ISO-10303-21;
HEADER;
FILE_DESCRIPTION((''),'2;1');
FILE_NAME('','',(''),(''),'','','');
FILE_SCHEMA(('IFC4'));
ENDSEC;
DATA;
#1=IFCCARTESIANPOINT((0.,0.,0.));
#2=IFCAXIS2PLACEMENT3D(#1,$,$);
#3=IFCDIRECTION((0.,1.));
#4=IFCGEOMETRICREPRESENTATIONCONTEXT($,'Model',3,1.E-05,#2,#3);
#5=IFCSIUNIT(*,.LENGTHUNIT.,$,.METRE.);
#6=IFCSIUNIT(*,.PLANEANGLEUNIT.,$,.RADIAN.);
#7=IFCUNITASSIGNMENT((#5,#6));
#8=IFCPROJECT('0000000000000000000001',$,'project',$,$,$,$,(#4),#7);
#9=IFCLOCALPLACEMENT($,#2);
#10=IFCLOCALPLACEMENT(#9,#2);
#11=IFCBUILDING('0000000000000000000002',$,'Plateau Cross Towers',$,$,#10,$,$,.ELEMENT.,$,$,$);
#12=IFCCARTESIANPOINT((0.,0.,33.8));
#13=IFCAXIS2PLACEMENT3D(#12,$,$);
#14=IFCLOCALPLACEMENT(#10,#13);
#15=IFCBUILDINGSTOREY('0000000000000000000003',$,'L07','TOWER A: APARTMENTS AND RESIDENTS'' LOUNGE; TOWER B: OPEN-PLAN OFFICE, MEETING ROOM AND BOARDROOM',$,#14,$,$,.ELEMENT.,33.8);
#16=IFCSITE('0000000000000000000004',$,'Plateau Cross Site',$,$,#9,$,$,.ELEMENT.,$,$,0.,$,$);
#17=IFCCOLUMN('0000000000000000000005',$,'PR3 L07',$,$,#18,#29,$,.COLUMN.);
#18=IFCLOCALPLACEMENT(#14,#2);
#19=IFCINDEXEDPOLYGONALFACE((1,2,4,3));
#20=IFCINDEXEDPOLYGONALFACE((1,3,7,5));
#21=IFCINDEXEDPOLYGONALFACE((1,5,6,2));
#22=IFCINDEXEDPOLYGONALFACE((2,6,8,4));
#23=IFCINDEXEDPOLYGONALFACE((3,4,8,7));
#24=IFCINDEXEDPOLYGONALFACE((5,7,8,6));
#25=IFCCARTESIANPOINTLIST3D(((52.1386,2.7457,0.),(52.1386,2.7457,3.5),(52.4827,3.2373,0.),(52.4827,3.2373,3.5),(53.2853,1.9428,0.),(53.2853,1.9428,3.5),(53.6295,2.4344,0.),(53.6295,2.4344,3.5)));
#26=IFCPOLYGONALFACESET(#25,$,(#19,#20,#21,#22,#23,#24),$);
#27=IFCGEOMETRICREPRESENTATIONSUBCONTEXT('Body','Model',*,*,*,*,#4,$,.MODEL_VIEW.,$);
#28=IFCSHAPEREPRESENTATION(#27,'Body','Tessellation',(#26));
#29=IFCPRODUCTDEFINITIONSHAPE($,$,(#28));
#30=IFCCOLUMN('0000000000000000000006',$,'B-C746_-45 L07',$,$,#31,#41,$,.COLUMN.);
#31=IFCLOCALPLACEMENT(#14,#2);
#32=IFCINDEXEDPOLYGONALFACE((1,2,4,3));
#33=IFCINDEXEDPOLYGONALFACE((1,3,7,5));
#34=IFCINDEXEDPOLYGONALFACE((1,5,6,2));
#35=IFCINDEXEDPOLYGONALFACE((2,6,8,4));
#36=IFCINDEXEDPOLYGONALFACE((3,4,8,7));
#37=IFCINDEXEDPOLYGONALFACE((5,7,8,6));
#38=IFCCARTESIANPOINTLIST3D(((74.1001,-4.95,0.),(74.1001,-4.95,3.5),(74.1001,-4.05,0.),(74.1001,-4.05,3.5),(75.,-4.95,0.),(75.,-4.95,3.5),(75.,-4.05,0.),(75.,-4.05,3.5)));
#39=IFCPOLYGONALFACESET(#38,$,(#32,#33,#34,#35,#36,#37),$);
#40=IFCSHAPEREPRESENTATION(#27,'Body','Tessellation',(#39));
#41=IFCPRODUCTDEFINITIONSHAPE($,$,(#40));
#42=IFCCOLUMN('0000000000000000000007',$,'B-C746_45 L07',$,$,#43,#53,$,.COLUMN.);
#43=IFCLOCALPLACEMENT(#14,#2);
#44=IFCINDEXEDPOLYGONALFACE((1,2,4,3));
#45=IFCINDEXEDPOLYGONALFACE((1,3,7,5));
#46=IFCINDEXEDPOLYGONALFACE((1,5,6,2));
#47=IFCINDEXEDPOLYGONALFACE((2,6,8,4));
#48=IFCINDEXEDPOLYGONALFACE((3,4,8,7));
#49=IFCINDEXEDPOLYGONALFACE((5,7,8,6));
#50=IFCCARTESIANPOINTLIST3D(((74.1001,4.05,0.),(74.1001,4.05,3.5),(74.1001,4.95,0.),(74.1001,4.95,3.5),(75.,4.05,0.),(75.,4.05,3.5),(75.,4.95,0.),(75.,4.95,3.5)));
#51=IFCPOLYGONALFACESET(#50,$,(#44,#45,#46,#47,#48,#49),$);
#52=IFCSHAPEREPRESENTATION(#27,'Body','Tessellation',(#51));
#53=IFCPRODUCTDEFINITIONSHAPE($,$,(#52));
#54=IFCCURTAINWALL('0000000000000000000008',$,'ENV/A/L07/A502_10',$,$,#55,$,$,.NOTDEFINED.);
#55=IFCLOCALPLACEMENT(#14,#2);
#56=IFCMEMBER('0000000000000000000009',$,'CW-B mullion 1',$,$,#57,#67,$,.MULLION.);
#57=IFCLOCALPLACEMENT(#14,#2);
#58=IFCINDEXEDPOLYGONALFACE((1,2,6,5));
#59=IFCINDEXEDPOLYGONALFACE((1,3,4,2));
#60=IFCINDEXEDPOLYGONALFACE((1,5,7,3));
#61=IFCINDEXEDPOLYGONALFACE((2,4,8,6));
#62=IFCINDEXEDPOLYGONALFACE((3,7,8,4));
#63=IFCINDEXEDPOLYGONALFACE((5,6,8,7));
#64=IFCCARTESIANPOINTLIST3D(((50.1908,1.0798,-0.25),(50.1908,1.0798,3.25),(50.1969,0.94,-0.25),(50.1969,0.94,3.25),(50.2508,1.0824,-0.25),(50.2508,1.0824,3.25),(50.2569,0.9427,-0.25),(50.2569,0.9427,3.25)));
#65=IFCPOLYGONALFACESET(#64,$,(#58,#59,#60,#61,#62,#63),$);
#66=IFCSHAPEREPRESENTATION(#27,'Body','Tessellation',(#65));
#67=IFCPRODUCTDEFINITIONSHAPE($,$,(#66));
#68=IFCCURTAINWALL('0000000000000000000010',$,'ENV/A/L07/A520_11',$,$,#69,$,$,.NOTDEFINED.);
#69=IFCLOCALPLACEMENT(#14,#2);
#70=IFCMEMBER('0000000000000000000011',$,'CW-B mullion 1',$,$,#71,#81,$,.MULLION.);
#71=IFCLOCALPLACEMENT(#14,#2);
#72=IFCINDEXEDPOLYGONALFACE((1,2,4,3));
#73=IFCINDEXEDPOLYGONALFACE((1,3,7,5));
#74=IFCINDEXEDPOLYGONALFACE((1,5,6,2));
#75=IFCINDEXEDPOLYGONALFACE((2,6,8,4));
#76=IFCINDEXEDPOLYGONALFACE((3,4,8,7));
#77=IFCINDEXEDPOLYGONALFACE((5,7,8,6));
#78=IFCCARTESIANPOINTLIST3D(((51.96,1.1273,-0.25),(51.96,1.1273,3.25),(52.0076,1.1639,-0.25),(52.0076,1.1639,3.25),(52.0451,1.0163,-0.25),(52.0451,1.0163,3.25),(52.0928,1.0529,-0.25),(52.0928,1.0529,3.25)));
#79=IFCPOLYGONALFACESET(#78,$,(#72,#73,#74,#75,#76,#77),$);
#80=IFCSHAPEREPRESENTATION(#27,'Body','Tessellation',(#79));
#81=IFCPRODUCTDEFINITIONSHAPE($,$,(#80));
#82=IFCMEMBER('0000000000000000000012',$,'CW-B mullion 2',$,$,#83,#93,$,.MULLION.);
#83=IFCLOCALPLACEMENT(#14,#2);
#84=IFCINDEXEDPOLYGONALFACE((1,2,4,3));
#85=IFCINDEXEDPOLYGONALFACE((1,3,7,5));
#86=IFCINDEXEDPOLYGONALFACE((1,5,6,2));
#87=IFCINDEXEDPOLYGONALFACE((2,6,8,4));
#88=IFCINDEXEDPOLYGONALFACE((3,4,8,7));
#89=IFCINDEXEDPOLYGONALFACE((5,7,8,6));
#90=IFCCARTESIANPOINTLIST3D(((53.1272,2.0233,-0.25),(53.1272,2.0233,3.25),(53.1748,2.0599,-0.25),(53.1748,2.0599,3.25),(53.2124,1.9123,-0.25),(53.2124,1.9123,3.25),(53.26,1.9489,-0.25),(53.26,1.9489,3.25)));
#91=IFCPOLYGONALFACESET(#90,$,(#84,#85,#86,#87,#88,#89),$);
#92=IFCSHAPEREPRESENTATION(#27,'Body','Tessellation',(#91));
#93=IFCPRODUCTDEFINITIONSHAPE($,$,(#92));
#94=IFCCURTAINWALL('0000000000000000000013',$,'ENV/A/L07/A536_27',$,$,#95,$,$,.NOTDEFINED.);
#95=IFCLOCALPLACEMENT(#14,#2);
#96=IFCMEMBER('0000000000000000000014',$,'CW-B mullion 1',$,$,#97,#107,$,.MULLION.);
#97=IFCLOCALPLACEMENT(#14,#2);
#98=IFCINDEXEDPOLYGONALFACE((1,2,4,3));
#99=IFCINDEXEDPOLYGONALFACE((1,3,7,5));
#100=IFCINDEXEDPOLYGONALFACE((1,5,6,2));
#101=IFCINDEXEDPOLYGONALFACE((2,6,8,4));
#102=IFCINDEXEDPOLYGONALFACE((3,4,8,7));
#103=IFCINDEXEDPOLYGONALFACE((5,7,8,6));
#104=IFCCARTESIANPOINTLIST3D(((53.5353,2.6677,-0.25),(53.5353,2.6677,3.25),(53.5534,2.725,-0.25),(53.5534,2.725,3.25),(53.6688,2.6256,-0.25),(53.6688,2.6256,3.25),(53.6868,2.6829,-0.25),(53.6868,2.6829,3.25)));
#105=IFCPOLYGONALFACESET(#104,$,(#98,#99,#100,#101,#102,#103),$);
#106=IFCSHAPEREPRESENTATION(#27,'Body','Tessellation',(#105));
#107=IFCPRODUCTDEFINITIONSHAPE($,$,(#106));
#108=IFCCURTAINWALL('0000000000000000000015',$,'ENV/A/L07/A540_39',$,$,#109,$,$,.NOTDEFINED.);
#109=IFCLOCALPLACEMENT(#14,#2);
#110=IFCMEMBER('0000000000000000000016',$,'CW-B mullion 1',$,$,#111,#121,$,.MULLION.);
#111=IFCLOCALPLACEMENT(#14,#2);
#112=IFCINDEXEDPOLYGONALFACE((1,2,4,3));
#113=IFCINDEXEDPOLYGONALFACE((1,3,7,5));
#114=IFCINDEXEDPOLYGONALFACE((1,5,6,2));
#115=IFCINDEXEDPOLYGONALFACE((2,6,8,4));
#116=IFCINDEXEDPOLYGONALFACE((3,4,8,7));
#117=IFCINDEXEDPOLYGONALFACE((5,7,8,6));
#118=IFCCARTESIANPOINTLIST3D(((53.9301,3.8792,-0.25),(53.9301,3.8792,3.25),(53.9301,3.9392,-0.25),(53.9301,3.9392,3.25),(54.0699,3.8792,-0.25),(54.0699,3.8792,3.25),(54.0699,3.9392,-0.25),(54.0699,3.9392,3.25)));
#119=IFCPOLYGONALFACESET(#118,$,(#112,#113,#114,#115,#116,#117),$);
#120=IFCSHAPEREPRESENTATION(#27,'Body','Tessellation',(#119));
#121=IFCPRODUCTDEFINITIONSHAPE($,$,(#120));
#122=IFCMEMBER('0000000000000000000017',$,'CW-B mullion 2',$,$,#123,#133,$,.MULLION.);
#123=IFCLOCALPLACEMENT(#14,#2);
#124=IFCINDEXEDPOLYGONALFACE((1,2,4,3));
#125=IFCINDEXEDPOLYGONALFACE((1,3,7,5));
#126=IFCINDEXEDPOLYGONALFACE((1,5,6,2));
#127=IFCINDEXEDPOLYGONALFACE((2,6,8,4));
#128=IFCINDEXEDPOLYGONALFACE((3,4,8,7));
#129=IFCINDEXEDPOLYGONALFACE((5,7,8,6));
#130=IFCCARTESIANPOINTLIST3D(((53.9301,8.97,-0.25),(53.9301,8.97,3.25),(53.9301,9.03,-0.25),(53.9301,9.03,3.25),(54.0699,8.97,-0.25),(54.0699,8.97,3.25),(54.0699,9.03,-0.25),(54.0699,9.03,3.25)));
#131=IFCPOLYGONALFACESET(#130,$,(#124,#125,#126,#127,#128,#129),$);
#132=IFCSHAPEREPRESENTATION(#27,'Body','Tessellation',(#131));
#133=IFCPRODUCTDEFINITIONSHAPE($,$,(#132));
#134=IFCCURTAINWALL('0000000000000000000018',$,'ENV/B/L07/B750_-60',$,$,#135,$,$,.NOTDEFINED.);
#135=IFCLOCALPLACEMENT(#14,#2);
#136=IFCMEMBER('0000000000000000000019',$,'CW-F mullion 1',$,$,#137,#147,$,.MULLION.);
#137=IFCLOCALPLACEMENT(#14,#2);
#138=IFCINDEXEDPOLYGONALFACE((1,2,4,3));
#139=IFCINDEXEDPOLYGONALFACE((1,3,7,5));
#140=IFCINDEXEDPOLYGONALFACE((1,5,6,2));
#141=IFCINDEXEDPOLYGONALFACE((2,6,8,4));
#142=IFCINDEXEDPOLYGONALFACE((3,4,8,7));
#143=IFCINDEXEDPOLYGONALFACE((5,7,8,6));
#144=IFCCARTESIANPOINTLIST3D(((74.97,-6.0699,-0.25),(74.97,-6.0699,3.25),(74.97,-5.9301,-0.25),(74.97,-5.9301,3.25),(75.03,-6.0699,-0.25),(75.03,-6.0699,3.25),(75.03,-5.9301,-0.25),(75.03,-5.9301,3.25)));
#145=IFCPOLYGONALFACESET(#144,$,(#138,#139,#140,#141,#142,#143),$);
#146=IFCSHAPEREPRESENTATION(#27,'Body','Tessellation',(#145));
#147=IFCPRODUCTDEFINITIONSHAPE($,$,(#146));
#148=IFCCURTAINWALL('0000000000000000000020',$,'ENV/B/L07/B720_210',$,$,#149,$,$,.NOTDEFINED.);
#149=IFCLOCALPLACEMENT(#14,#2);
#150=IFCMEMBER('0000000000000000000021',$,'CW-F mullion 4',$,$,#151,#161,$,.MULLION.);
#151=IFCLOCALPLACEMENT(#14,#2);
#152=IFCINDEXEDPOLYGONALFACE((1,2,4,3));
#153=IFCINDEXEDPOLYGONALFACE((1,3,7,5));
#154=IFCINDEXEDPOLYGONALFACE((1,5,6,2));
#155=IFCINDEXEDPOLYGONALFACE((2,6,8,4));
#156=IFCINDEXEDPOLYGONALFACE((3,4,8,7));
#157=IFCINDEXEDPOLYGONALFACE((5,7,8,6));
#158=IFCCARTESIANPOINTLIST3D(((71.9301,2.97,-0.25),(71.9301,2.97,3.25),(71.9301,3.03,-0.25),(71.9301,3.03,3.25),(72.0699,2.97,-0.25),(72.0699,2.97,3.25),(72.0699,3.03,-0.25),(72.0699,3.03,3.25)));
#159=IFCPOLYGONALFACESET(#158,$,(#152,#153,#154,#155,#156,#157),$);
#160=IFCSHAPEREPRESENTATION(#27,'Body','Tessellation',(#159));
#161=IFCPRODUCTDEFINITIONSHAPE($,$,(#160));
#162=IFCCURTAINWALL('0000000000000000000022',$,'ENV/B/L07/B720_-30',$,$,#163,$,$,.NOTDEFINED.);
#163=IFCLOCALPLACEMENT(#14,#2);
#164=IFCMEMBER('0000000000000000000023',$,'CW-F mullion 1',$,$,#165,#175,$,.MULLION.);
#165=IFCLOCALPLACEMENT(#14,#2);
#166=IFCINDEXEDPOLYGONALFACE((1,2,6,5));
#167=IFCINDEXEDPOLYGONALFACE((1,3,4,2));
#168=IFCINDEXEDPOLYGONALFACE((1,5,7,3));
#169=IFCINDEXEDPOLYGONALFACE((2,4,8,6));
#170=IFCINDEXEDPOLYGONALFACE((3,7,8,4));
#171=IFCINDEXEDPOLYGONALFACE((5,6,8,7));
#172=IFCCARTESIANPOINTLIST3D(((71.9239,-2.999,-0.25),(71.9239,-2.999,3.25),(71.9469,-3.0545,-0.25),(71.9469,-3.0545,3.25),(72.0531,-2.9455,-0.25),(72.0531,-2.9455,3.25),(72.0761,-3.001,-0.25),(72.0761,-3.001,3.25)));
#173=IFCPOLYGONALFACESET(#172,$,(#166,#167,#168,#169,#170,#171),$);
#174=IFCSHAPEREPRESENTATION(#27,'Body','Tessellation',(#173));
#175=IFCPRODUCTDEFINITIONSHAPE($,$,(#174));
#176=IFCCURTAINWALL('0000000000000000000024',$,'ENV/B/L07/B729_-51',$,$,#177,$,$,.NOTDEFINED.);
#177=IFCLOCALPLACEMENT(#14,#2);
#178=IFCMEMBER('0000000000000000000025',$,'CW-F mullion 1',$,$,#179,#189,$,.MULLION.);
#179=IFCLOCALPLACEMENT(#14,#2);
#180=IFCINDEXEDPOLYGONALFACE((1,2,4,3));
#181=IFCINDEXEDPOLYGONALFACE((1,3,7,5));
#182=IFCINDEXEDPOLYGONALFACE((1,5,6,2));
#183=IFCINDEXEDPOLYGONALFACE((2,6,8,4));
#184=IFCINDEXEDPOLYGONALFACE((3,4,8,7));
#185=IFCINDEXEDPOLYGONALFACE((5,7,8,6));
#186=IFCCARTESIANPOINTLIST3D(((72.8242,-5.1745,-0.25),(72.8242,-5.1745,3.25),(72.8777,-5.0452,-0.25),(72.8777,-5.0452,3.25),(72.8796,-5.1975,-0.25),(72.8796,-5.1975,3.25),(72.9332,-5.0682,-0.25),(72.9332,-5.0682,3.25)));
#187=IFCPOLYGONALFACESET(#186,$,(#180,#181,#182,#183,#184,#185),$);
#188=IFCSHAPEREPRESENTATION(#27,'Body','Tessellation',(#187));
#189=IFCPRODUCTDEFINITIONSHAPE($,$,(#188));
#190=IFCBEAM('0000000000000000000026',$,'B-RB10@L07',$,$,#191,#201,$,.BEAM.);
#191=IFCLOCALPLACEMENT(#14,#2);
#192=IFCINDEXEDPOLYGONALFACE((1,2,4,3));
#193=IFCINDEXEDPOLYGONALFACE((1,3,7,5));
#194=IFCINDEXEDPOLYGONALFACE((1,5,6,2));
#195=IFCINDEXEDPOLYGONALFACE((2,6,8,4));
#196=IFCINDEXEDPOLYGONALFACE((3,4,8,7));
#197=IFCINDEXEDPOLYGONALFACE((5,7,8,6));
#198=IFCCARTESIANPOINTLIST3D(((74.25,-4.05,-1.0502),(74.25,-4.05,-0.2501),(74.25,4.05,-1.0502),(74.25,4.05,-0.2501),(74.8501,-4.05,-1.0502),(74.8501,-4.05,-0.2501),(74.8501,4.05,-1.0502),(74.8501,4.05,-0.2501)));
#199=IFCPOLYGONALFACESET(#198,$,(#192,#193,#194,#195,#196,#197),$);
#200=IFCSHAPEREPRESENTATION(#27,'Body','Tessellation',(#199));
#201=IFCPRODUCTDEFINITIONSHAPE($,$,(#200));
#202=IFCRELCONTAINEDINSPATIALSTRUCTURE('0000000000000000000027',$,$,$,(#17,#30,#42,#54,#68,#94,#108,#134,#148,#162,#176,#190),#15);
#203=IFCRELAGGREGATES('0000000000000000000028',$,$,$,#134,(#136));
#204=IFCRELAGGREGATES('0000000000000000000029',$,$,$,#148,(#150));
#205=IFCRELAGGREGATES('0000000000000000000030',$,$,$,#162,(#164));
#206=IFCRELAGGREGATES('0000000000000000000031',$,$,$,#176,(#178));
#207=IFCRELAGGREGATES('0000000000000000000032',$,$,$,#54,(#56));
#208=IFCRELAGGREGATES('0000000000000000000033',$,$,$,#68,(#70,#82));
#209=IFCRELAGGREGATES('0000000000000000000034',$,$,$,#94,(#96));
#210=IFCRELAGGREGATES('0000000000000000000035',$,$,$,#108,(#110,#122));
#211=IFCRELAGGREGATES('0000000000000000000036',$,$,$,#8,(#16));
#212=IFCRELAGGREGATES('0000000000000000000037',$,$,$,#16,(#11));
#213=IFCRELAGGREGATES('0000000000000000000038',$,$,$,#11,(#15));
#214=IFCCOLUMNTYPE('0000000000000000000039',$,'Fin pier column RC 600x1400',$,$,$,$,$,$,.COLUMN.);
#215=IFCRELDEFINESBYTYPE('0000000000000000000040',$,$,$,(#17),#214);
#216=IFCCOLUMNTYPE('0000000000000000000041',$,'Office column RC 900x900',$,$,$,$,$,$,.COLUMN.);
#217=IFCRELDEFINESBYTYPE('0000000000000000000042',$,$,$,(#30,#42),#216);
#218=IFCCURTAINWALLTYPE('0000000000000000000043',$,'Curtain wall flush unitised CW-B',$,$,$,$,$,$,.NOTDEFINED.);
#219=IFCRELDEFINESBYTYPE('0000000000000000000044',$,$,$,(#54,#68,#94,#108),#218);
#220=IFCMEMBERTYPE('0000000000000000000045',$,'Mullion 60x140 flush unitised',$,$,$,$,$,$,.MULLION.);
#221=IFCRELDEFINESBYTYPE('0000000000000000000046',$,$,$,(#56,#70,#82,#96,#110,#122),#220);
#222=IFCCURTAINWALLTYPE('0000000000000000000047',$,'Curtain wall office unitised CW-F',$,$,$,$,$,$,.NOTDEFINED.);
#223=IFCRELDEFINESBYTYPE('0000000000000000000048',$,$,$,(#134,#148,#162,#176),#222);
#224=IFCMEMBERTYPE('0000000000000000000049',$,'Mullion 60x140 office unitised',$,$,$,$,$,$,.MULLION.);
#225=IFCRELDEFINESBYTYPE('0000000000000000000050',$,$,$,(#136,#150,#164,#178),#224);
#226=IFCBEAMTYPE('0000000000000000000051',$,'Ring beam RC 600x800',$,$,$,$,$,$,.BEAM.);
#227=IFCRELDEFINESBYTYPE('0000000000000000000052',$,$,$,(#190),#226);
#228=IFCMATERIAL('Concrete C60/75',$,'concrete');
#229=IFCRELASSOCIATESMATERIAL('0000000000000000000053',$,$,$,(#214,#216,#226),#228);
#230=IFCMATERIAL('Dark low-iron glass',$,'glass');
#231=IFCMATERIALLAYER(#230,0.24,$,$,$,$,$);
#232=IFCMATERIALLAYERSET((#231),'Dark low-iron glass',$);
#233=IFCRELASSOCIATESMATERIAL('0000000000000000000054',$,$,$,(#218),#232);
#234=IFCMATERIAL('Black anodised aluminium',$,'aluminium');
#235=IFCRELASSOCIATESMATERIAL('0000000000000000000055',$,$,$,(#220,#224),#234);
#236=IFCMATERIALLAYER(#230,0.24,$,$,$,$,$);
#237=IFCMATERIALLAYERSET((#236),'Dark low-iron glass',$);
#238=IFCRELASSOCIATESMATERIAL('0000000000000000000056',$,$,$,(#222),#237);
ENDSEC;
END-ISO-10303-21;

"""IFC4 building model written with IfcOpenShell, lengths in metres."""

from ifc_helpers import new_model, si_unit, direction, frame, origin, origin_2d, place, context, subcontext, project, spatial, rectangle, extrude, material, layer, layer_set, material_profile, profile_set, type_object, element, aggregate, save


model = new_model("IFC4")

# Units and contexts
model_context = context("Model", 3, precision=1e-05, world=origin(), true_north=direction((0.0, 1.0)))
body_context = subcontext(model_context, "Body", "Model", "MODEL_VIEW")
ifc_project = project(units=[si_unit("LENGTHUNIT", "METRE"), si_unit("PLANEANGLEUNIT", "RADIAN")], contexts=[model_context])

# Site, building, storey
site_placement = place(None, origin())
site = spatial("IfcSite", under=ifc_project, at=site_placement, Name="Plateau Cross Site", CompositionType="ELEMENT", RefElevation=0.0)
building_placement = place(site_placement, origin())
building = spatial("IfcBuilding", under=site, at=building_placement, Name="Plateau Cross Towers", CompositionType="ELEMENT")
storey_placement = place(building_placement, frame((0.0, 0.0, 33.8)))
storey = spatial("IfcBuildingStorey", under=building, at=storey_placement, Name="L07", Description="TOWER A: APARTMENTS AND RESIDENTS' LOUNGE; TOWER B: OPEN-PLAN OFFICE, MEETING ROOM AND BOARDROOM", CompositionType="ELEMENT", Elevation=33.8)

# Columns
ifc_material_1 = material(Name="Concrete C60/75", Category="concrete")
ifc_material_profile_1 = material_profile(ifc_material_1, rectangle(XDim=0.6001, YDim=1.3999, at=origin_2d()), Name="RC 600x1400")
ifc_profile_set_1 = profile_set([ifc_material_profile_1], Name="Concrete C60/75")
column_type_1 = type_object("IfcColumnType", Name="Fin pier column RC 600x1400", PredefinedType="COLUMN", material=ifc_profile_set_1)
column_placement = place(storey_placement, frame((52.884, 2.5901, 0.0), z_axis=(0.0, 0.0, 1.0), x_axis=(0.573543, 0.819176, 0.0)))
element("IfcColumn", 1, at=column_placement, inside=storey, type_object=column_type_1, Name="PR3 L07", PredefinedType="COLUMN", context=body_context, shape_type="SweptSolid", body=[
    extrude(rectangle(XDim=0.6001, YDim=1.3999, at=origin_2d()), origin(), (0.0, 0.0, 1.0), 3.5),
])
ifc_material_profile_2 = material_profile(ifc_material_1, rectangle(XDim=0.8999, YDim=0.8999, at=origin_2d()), Name="RC 900x900")
ifc_profile_set_2 = profile_set([ifc_material_profile_2], Name="Concrete C60/75")
column_type_2 = type_object("IfcColumnType", Name="Office column RC 900x900", PredefinedType="COLUMN", material=ifc_profile_set_2)
for number, where, z_axis, x_axis, name in (
    (2, (74.55, -4.5, 0.0), (0.0, 0.0, 1.0), (1.0, 0.0, 0.0), "B-C746_-45 L07"),
    (3, (74.55, 4.5, 0.0), (0.0, 0.0, 1.0), (1.0, 0.0, 0.0), "B-C746_45 L07"),
):
    element("IfcColumn", number, at=place(storey_placement, frame(where, z_axis=z_axis, x_axis=x_axis)), inside=storey, type_object=column_type_2, Name=name, PredefinedType="COLUMN", context=body_context, shape_type="SweptSolid", body=[
        extrude(rectangle(XDim=0.8999, YDim=0.8999, at=origin_2d()), origin(), (0.0, 0.0, 1.0), 3.5),
    ])

# Curtain wall, member
ifc_material_2 = material(Name="Dark low-iron glass", Category="glass")
ifc_layer_1 = layer(ifc_material_2, 0.24)
ifc_layer_set_1 = layer_set([ifc_layer_1], Name="Dark low-iron glass")
curtain_wall_type_1 = type_object("IfcCurtainWallType", Name="Curtain wall flush unitised CW-B", PredefinedType="NOTDEFINED", material=ifc_layer_set_1)
curtain_wall_1_placement = place(storey_placement, origin())
curtain_wall_1 = element("IfcCurtainWall", 4, at=curtain_wall_1_placement, inside=storey, type_object=curtain_wall_type_1, Name="ENV/A/L07/A502_10", PredefinedType="NOTDEFINED")
ifc_material_3 = material(Name="Black anodised aluminium", Category="aluminium")
ifc_material_profile_3 = material_profile(ifc_material_3, rectangle(XDim=0.0601, YDim=0.1399, at=origin_2d()), Name="MULLION 60x140")
ifc_profile_set_3 = profile_set([ifc_material_profile_3], Name="Black anodised aluminium")
member_type_1 = type_object("IfcMemberType", Name="Mullion 60x140 flush unitised", PredefinedType="MULLION", material=ifc_profile_set_3)
member_1_placement = place(storey_placement, frame((50.2239, 1.0112, -0.25), z_axis=(0.0, 0.0, 1.0), x_axis=(0.999044, 0.043723, 0.0)))
member_1 = element("IfcMember", 5, at=member_1_placement, type_object=member_type_1, Name="CW-B mullion 1", PredefinedType="MULLION", context=body_context, shape_type="SweptSolid", body=[
    extrude(rectangle(XDim=0.0601, YDim=0.1399, at=origin_2d()), origin(), (0.0, 0.0, 1.0), 3.5),
])

# Curtain wall, members
curtain_wall_2_placement = place(storey_placement, origin())
curtain_wall_2 = element("IfcCurtainWall", 6, at=curtain_wall_2_placement, inside=storey, type_object=curtain_wall_type_1, Name="ENV/A/L07/A520_11", PredefinedType="NOTDEFINED")
member_2_placement = place(storey_placement, frame((52.0264, 1.0901, -0.25), z_axis=(0.0, 0.0, 1.0), x_axis=(0.793316, 0.608811, 0.0)))
member_2 = element("IfcMember", 7, at=member_2_placement, type_object=member_type_1, Name="CW-B mullion 1", PredefinedType="MULLION", context=body_context, shape_type="SweptSolid", body=[
    extrude(rectangle(XDim=0.0601, YDim=0.1399, at=origin_2d()), origin(), (0.0, 0.0, 1.0), 3.5),
])
member_3_placement = place(storey_placement, frame((53.1936, 1.9861, -0.25), z_axis=(0.0, 0.0, 1.0), x_axis=(0.793316, 0.608811, 0.0)))
member_3 = element("IfcMember", 8, at=member_3_placement, type_object=member_type_1, Name="CW-B mullion 2", PredefinedType="MULLION", context=body_context, shape_type="SweptSolid", body=[
    extrude(rectangle(XDim=0.0601, YDim=0.1399, at=origin_2d()), origin(), (0.0, 0.0, 1.0), 3.5),
])

# Curtain wall, member
curtain_wall_3_placement = place(storey_placement, origin())
curtain_wall_3 = element("IfcCurtainWall", 9, at=curtain_wall_3_placement, inside=storey, type_object=curtain_wall_type_1, Name="ENV/A/L07/A536_27", PredefinedType="NOTDEFINED")
member_4_placement = place(storey_placement, frame((53.6111, 2.6753, -0.25), z_axis=(0.0, 0.0, 1.0), x_axis=(0.300686, 0.953723, 0.0)))
member_4 = element("IfcMember", 10, at=member_4_placement, type_object=member_type_1, Name="CW-B mullion 1", PredefinedType="MULLION", context=body_context, shape_type="SweptSolid", body=[
    extrude(rectangle(XDim=0.0601, YDim=0.1399, at=origin_2d()), origin(), (0.0, 0.0, 1.0), 3.5),
])

# Curtain wall, members
curtain_wall_4_placement = place(storey_placement, origin())
curtain_wall_4 = element("IfcCurtainWall", 11, at=curtain_wall_4_placement, inside=storey, type_object=curtain_wall_type_1, Name="ENV/A/L07/A540_39", PredefinedType="NOTDEFINED")
member_5_placement = place(storey_placement, frame((54.0, 3.9092, -0.25), z_axis=(0.0, 0.0, 1.0), x_axis=(0.0, 1.0, 0.0)))
member_5 = element("IfcMember", 12, at=member_5_placement, type_object=member_type_1, Name="CW-B mullion 1", PredefinedType="MULLION", context=body_context, shape_type="SweptSolid", body=[
    extrude(rectangle(XDim=0.0601, YDim=0.1399, at=origin_2d()), origin(), (0.0, 0.0, 1.0), 3.5),
])
member_6_placement = place(storey_placement, frame((54.0, 9.0, -0.25), z_axis=(0.0, 0.0, 1.0), x_axis=(0.0, 1.0, 0.0)))
member_6 = element("IfcMember", 13, at=member_6_placement, type_object=member_type_1, Name="CW-B mullion 2", PredefinedType="MULLION", context=body_context, shape_type="SweptSolid", body=[
    extrude(rectangle(XDim=0.0601, YDim=0.1399, at=origin_2d()), origin(), (0.0, 0.0, 1.0), 3.5),
])

# Curtain walls, members
ifc_layer_2 = layer(ifc_material_2, 0.24)
ifc_layer_set_2 = layer_set([ifc_layer_2], Name="Dark low-iron glass")
curtain_wall_type_2 = type_object("IfcCurtainWallType", Name="Curtain wall office unitised CW-F", PredefinedType="NOTDEFINED", material=ifc_layer_set_2)
curtain_wall_5_placement = place(storey_placement, origin())
curtain_wall_5 = element("IfcCurtainWall", 14, at=curtain_wall_5_placement, inside=storey, type_object=curtain_wall_type_2, Name="ENV/B/L07/B750_-60", PredefinedType="NOTDEFINED")
ifc_material_profile_4 = material_profile(ifc_material_3, rectangle(XDim=0.0601, YDim=0.1399, at=origin_2d()), Name="MULLION 60x140")
ifc_profile_set_4 = profile_set([ifc_material_profile_4], Name="Black anodised aluminium")
member_type_2 = type_object("IfcMemberType", Name="Mullion 60x140 office unitised", PredefinedType="MULLION", material=ifc_profile_set_4)
member_7_placement = place(storey_placement, frame((75.0, -6.0, -0.25), z_axis=(0.0, 0.0, 1.0), x_axis=(1.0, 0.0, 0.0)))
member_7 = element("IfcMember", 15, at=member_7_placement, type_object=member_type_2, Name="CW-F mullion 1", PredefinedType="MULLION", context=body_context, shape_type="SweptSolid", body=[
    extrude(rectangle(XDim=0.0601, YDim=0.1399, at=origin_2d()), origin(), (0.0, 0.0, 1.0), 3.5),
])
curtain_wall_6_placement = place(storey_placement, origin())
curtain_wall_6 = element("IfcCurtainWall", 16, at=curtain_wall_6_placement, inside=storey, type_object=curtain_wall_type_2, Name="ENV/B/L07/B720_210", PredefinedType="NOTDEFINED")
member_8_placement = place(storey_placement, frame((72.0, 3.0, -0.25), z_axis=(0.0, 0.0, 1.0), x_axis=(0.0, -1.0, 0.0)))
member_8 = element("IfcMember", 17, at=member_8_placement, type_object=member_type_2, Name="CW-F mullion 4", PredefinedType="MULLION", context=body_context, shape_type="SweptSolid", body=[
    extrude(rectangle(XDim=0.0601, YDim=0.1399, at=origin_2d()), origin(), (0.0, 0.0, 1.0), 3.5),
])
curtain_wall_7_placement = place(storey_placement, origin())
curtain_wall_7 = element("IfcCurtainWall", 18, at=curtain_wall_7_placement, inside=storey, type_object=curtain_wall_type_2, Name="ENV/B/L07/B720_-30", PredefinedType="NOTDEFINED")
member_9_placement = place(storey_placement, frame((72.0, -3.0, -0.25), z_axis=(0.0, 0.0, 1.0), x_axis=(0.382684, -0.923879, 0.0)))
member_9 = element("IfcMember", 19, at=member_9_placement, type_object=member_type_2, Name="CW-F mullion 1", PredefinedType="MULLION", context=body_context, shape_type="SweptSolid", body=[
    extrude(rectangle(XDim=0.0601, YDim=0.1399, at=origin_2d()), origin(), (0.0, 0.0, 1.0), 3.5),
])
curtain_wall_8_placement = place(storey_placement, origin())
curtain_wall_8 = element("IfcCurtainWall", 20, at=curtain_wall_8_placement, inside=storey, type_object=curtain_wall_type_2, Name="ENV/B/L07/B729_-51", PredefinedType="NOTDEFINED")
member_10_placement = place(storey_placement, frame((72.8787, -5.1213, -0.25), z_axis=(0.0, 0.0, 1.0), x_axis=(0.923879, -0.382684, 0.0)))
member_10 = element("IfcMember", 21, at=member_10_placement, type_object=member_type_2, Name="CW-F mullion 1", PredefinedType="MULLION", context=body_context, shape_type="SweptSolid", body=[
    extrude(rectangle(XDim=0.0601, YDim=0.1399, at=origin_2d()), origin(), (0.0, 0.0, 1.0), 3.5),
])

# Beam
ifc_material_profile_5 = material_profile(ifc_material_1, rectangle(XDim=0.6001, YDim=0.8, at=origin_2d()), Name="RC 600x800")
ifc_profile_set_5 = profile_set([ifc_material_profile_5], Name="Concrete C60/75")
beam_type = type_object("IfcBeamType", Name="Ring beam RC 600x800", PredefinedType="BEAM", material=ifc_profile_set_5)
beam_placement = place(storey_placement, frame((74.55, 4.05, -0.6501), z_axis=(0.0, -1.0, 0.0), x_axis=(1.0, 0.0, 0.0)))
element("IfcBeam", 22, at=beam_placement, inside=storey, type_object=beam_type, Name="B-RB10@L07", PredefinedType="BEAM", context=body_context, shape_type="SweptSolid", body=[
    extrude(rectangle(XDim=0.6001, YDim=0.8, at=origin_2d()), origin(), (0.0, 0.0, 1.0), 8.1001),
])

aggregate(curtain_wall_5, [member_7])

aggregate(curtain_wall_6, [member_8])
aggregate(curtain_wall_7, [member_9])
aggregate(curtain_wall_8, [member_10])
aggregate(curtain_wall_1, [member_1])
aggregate(curtain_wall_2, [member_2, member_3])
aggregate(curtain_wall_3, [member_4])
aggregate(curtain_wall_4, [member_5, member_6])

save(model, "model.ifc")
